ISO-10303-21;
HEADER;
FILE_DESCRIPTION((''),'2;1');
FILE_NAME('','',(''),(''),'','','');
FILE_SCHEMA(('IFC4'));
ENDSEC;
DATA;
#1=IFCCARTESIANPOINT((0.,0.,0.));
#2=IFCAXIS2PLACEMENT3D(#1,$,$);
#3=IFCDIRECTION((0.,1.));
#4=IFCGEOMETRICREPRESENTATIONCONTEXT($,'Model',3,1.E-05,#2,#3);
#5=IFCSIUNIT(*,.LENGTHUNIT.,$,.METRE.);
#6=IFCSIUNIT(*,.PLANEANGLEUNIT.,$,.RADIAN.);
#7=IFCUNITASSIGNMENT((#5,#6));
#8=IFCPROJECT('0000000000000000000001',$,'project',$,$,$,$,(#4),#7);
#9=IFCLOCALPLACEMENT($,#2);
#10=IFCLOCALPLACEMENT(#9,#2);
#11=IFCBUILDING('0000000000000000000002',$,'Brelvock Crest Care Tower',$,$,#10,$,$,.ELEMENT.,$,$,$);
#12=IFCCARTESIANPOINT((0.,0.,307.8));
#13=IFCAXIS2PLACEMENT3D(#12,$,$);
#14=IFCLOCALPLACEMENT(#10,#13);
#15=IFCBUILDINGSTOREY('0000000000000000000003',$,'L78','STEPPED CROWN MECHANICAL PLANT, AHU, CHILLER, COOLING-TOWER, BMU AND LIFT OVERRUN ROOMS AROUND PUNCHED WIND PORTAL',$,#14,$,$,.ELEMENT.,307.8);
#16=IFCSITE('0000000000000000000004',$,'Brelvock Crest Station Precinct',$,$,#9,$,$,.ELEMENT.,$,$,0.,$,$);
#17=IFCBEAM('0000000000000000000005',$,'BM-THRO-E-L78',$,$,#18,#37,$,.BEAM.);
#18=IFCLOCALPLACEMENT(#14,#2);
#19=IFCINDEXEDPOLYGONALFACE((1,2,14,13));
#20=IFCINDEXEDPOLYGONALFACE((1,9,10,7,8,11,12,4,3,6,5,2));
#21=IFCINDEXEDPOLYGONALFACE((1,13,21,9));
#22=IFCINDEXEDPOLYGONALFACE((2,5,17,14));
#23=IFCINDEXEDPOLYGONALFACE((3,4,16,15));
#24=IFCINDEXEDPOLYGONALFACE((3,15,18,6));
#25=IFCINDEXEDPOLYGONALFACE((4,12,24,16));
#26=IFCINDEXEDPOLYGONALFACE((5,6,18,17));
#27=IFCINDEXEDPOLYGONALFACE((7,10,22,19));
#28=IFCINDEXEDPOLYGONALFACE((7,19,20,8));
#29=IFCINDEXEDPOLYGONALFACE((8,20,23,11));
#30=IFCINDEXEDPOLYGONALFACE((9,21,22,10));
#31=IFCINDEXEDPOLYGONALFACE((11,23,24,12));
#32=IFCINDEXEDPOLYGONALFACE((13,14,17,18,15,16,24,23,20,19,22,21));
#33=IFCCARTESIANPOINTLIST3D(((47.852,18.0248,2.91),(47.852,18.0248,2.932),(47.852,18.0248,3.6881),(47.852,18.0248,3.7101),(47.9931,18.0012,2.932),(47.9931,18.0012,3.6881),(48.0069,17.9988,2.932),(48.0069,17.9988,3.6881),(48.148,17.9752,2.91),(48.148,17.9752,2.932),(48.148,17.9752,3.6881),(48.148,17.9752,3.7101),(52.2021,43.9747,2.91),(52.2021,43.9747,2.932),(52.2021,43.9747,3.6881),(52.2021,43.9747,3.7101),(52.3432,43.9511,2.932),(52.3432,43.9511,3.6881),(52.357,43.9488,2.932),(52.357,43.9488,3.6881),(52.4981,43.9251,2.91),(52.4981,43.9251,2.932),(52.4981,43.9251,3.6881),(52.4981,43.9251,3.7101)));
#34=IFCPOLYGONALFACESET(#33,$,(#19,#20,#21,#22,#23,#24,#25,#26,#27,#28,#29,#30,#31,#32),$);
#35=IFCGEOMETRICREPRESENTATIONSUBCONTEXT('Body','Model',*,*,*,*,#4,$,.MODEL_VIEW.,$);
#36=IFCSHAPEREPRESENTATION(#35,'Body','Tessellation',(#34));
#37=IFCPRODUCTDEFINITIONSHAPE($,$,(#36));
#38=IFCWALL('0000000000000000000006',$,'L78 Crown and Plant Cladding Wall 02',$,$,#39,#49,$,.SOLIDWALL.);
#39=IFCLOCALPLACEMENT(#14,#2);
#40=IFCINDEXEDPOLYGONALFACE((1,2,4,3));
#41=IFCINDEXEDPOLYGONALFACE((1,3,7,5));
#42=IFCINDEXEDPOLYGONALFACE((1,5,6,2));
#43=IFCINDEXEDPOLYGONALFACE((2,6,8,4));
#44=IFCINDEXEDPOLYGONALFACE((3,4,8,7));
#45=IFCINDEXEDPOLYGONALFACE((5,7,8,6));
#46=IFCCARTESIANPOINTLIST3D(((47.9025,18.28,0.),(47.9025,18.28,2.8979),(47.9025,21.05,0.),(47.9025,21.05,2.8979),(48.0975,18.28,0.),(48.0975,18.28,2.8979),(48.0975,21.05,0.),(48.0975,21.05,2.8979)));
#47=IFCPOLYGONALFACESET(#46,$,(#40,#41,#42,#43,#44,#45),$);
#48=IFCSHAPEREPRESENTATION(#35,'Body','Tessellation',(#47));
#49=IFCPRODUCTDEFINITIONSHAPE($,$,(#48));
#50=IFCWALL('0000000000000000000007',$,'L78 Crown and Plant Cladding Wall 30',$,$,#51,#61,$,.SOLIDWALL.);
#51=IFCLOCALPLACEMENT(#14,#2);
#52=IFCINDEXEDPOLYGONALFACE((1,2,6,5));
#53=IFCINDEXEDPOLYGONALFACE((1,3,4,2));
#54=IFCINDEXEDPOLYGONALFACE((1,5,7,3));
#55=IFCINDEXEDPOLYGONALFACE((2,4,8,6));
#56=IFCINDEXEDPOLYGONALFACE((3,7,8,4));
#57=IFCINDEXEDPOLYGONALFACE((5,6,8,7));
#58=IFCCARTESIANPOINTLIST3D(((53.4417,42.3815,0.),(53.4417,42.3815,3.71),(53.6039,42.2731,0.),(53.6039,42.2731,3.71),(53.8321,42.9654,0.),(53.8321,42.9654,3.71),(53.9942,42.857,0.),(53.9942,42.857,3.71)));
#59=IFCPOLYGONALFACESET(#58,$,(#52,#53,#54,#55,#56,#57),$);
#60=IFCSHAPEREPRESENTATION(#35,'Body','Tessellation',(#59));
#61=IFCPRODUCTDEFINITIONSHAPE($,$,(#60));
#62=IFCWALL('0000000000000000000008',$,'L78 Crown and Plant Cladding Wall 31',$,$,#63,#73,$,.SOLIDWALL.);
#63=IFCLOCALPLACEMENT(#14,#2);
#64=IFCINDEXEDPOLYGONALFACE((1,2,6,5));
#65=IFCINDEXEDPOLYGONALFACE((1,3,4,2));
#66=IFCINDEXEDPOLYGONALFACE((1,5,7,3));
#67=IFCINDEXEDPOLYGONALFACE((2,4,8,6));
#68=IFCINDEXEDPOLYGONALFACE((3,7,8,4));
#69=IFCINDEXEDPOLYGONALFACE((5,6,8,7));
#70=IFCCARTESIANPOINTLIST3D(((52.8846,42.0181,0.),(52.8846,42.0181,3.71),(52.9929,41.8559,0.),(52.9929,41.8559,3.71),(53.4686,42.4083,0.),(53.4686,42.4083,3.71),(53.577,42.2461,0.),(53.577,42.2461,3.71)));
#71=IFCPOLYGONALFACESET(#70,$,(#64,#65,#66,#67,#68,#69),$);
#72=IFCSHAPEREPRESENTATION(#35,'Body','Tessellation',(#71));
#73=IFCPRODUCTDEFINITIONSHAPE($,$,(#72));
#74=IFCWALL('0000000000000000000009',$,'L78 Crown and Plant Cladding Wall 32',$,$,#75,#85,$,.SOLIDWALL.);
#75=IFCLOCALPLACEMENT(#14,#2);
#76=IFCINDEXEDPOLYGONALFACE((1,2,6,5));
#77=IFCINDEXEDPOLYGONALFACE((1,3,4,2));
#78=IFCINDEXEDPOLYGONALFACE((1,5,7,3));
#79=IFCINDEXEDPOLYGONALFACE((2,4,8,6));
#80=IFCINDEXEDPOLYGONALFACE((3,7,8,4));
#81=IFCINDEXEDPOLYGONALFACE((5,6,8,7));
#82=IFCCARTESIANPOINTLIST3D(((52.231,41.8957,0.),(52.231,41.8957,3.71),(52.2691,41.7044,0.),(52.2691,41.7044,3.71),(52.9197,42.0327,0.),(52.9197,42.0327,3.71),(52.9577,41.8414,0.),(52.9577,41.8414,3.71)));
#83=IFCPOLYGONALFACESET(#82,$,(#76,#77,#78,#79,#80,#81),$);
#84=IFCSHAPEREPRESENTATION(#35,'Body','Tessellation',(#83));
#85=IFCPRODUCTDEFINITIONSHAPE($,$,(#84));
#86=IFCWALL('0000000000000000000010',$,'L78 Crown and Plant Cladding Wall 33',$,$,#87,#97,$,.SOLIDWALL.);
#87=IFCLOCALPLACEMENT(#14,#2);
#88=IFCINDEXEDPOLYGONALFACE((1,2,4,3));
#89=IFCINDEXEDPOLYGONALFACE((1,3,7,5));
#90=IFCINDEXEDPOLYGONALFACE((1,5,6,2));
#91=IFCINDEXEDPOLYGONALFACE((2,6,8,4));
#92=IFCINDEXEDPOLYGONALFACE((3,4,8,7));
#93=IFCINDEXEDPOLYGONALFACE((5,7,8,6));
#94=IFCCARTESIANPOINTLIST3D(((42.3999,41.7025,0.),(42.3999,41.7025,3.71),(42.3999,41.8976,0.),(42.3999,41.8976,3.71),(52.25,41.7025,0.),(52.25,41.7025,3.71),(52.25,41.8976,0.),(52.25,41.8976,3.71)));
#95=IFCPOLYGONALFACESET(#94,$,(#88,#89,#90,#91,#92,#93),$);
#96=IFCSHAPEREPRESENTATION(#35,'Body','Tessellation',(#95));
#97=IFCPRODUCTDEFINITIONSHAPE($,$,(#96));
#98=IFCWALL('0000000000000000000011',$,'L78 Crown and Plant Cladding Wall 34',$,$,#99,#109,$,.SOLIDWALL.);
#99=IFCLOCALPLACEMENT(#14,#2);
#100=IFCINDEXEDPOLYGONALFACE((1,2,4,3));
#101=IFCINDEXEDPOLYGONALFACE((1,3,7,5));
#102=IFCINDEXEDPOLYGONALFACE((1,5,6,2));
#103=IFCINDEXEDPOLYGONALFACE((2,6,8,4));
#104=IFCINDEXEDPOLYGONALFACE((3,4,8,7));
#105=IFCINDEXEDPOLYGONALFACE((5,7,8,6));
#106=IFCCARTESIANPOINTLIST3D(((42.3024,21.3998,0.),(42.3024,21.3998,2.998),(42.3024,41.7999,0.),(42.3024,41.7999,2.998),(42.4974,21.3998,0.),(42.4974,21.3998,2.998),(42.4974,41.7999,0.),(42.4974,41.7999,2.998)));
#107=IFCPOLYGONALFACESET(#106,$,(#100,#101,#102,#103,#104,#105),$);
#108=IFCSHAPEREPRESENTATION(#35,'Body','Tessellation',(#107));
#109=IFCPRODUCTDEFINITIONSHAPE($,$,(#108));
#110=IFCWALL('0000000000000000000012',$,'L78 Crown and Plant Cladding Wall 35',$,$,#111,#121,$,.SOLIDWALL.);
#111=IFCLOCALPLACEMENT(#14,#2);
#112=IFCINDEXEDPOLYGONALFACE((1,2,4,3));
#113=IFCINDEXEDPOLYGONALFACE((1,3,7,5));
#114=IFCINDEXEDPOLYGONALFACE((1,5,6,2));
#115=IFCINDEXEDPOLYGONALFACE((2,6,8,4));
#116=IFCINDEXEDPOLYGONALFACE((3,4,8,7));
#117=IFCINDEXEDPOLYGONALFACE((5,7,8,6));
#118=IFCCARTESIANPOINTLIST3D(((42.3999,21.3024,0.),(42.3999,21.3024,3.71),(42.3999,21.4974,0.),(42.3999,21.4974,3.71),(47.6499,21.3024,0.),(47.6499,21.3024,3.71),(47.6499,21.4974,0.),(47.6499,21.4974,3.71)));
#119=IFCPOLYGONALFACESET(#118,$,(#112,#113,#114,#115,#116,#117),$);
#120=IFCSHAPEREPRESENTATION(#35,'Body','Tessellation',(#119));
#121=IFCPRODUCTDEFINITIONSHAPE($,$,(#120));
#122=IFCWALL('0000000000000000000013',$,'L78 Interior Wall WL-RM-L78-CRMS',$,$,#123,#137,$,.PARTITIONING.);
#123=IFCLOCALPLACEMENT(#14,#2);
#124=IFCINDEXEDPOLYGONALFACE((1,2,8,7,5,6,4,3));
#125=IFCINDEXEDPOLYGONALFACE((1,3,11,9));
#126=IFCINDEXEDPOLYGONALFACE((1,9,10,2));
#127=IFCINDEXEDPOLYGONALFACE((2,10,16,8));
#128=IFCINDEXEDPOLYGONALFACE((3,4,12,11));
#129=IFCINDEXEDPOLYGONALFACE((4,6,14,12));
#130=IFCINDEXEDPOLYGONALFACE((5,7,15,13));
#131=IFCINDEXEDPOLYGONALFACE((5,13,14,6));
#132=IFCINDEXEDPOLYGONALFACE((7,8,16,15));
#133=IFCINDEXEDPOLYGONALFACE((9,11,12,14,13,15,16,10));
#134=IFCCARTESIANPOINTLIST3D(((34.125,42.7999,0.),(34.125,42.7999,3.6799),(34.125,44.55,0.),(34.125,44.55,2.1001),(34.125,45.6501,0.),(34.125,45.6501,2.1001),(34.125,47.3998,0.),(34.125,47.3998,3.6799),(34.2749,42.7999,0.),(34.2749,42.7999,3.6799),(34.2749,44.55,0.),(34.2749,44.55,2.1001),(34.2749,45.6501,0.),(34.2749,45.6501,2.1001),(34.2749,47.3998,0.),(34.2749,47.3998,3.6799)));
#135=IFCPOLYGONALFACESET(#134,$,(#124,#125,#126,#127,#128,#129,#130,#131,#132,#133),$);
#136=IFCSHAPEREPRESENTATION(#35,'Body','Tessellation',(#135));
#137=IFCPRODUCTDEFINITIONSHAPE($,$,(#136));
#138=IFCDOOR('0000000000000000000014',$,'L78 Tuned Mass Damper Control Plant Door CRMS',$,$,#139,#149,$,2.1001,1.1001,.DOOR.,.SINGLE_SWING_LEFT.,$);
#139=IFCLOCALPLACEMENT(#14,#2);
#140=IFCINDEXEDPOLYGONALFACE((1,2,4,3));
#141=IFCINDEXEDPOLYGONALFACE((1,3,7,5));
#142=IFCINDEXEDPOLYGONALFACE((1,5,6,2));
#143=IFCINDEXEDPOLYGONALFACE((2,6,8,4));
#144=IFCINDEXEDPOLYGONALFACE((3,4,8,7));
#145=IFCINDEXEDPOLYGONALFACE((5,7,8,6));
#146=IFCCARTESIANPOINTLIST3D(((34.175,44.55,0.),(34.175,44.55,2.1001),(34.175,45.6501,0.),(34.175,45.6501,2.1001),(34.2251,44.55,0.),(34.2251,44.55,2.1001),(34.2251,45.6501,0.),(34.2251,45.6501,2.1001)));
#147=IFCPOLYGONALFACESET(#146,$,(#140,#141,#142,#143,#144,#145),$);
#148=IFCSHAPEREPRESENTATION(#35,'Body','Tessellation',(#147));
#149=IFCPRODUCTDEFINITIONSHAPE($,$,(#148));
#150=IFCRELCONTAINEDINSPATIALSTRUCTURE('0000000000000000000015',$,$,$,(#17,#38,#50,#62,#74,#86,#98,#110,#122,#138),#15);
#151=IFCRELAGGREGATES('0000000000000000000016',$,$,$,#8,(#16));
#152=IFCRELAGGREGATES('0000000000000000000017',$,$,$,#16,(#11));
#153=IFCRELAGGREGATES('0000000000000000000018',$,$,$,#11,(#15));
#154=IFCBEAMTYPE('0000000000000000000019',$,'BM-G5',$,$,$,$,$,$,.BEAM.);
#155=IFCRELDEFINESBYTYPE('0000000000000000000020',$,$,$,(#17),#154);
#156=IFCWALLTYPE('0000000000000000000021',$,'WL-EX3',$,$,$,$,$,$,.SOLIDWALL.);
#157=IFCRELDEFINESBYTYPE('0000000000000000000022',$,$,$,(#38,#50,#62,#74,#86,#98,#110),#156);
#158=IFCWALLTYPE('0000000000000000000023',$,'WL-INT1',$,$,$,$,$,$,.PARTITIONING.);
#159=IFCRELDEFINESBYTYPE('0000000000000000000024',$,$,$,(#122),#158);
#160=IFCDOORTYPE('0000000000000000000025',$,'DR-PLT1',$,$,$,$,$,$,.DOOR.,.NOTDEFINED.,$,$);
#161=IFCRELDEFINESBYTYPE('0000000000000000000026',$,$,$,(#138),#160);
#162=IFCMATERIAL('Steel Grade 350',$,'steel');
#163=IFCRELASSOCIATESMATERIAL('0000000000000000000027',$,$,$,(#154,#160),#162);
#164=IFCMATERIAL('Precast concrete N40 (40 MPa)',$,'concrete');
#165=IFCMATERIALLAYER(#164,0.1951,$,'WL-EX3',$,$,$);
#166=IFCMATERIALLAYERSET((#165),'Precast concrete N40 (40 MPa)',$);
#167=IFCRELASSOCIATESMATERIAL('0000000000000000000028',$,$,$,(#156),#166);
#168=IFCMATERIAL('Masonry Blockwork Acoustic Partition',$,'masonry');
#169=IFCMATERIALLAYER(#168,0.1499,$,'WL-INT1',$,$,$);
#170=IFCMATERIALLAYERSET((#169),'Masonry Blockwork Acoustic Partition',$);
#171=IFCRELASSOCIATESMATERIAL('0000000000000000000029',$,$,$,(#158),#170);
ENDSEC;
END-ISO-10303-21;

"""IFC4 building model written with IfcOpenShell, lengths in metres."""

from ifc_helpers import new_model, si_unit, direction, frame, frame_2d, origin, origin_2d, place, context, subcontext, project, spatial, rectangle, i_section, extrude, source, transform, mapped, material, layer, layer_set, material_profile, profile_set, type_object, element, fill, save


model = new_model("IFC4")

# Units and contexts
model_context = context("Model", 3, precision=1e-05, world=origin(), true_north=direction((0.0, 1.0)))
body_context = subcontext(model_context, "Body", "Model", "MODEL_VIEW")
ifc_project = project(units=[si_unit("LENGTHUNIT", "METRE"), si_unit("PLANEANGLEUNIT", "RADIAN")], contexts=[model_context])

# Site, building, storey
site_placement = place(None, origin())
site = spatial("IfcSite", under=ifc_project, at=site_placement, Name="Brelvock Crest Station Precinct", CompositionType="ELEMENT", RefElevation=0.0)
building_placement = place(site_placement, origin())
building = spatial("IfcBuilding", under=site, at=building_placement, Name="Brelvock Crest Care Tower", CompositionType="ELEMENT")
storey_placement = place(building_placement, frame((0.0, 0.0, 307.8)))
storey = spatial("IfcBuildingStorey", under=building, at=storey_placement, Name="L78", Description="STEPPED CROWN MECHANICAL PLANT, AHU, CHILLER, COOLING-TOWER, BMU AND LIFT OVERRUN ROOMS AROUND PUNCHED WIND PORTAL", CompositionType="ELEMENT", Elevation=307.8)

# Beam
ifc_material_1 = material(Name="Steel Grade 350", Category="steel")
ifc_material_profile_1 = material_profile(ifc_material_1, i_section(OverallWidth=0.3, OverallDepth=0.8, WebThickness=0.0139, FlangeThickness=0.022, at=origin_2d()), Name="800WB192")
ifc_profile_set_1 = profile_set([ifc_material_profile_1], Name="Steel Grade 350")
beam_type = type_object("IfcBeamType", Name="BM-G5", PredefinedType="BEAM", material=ifc_profile_set_1)
shared_shape_1 = source(origin(), body_context, "Body", "SweptSolid", [
    extrude(i_section(OverallWidth=0.3, OverallDepth=0.8, WebThickness=0.0139, FlangeThickness=0.022, at=origin_2d()), origin(), (0.0, 0.0, 1.0), 26.312),
])
beam_placement = place(storey_placement, frame((48.0, 18.0, 3.3101), z_axis=(0.165327, 0.986239, 0.0), x_axis=(-0.986239, 0.165327, 0.0)))
element("IfcBeam", 1, at=beam_placement, inside=storey, type_object=beam_type, Name="BM-THRO-E-L78", PredefinedType="BEAM", context=body_context, shape_type="MappedRepresentation", body=[
    mapped(shared_shape_1, transform((0.0, 0.0, 0.0), x_axis=(1.0, 0.0, 0.0), y_axis=(0.0, 1.0, 0.0), z_axis=(0.0, 0.0, 1.0), scale=1.0)),
])

# Walls
ifc_material_2 = material(Name="Precast concrete N40 (40 MPa)", Category="concrete")
ifc_layer_1 = layer(ifc_material_2, 0.1951, Name="WL-EX3")
ifc_layer_set_1 = layer_set([ifc_layer_1], Name="Precast concrete N40 (40 MPa)")
wall_type_1 = type_object("IfcWallType", Name="WL-EX3", PredefinedType="SOLIDWALL", material=ifc_layer_set_1)
wall_1_placement = place(storey_placement, frame((48.0, 21.05, 0.0), z_axis=(0.0, 0.0, 1.0), x_axis=(0.0, -1.0, 0.0)))
element("IfcWall", 2, at=wall_1_placement, inside=storey, type_object=wall_type_1, Name="L78 Crown and Plant Cladding Wall 02", PredefinedType="SOLIDWALL", context=body_context, shape_type="SweptSolid", body=[
    extrude(rectangle(XDim=2.77, YDim=0.1951, at=frame_2d((1.385, 0.0))), origin(), (0.0, 0.0, 1.0), 2.8979),
])
for number, where, z_axis, x_axis, name in (
    (3, (53.9131, 42.9111, 0.0), (0.0, 0.0, 1.0), (-0.555742, -0.831355, 0.0), "L78 Crown and Plant Cladding Wall 30"),
    (4, (53.5227, 42.3271, 0.0), (0.0, 0.0, 1.0), (-0.831515, -0.555502, 0.0), "L78 Crown and Plant Cladding Wall 31"),
):
    element("IfcWall", number, at=place(storey_placement, frame(where, z_axis=z_axis, x_axis=x_axis)), inside=storey, type_object=wall_type_1, Name=name, PredefinedType="SOLIDWALL", context=body_context, shape_type="SweptSolid", body=[
        extrude(rectangle(XDim=0.7024, YDim=0.1951, at=frame_2d((0.3511, 0.0))), origin(), (0.0, 0.0, 1.0), 3.71),
    ])
wall_2_placement = place(storey_placement, frame((52.9387, 41.937, 0.0), z_axis=(0.0, 0.0, 1.0), x_axis=(-0.980794, -0.195046, 0.0)))
element("IfcWall", 5, at=wall_2_placement, inside=storey, type_object=wall_type_1, Name="L78 Crown and Plant Cladding Wall 32", PredefinedType="SOLIDWALL", context=body_context, shape_type="SweptSolid", body=[
    extrude(rectangle(XDim=0.7021, YDim=0.1951, at=frame_2d((0.3511, 0.0))), origin(), (0.0, 0.0, 1.0), 3.71),
])
wall_3_placement = place(storey_placement, frame((52.25, 41.8, 0.0), z_axis=(0.0, 0.0, 1.0), x_axis=(-1.0, 0.0, 0.0)))
element("IfcWall", 6, at=wall_3_placement, inside=storey, type_object=wall_type_1, Name="L78 Crown and Plant Cladding Wall 33", PredefinedType="SOLIDWALL", context=body_context, shape_type="SweptSolid", body=[
    extrude(rectangle(XDim=9.8501, YDim=0.1951, at=frame_2d((4.925, 0.0))), origin(), (0.0, 0.0, 1.0), 3.71),
])
wall_4_placement = place(storey_placement, frame((42.3999, 41.8, 0.0), z_axis=(0.0, 0.0, 1.0), x_axis=(0.0, -1.0, 0.0)))
element("IfcWall", 7, at=wall_4_placement, inside=storey, type_object=wall_type_1, Name="L78 Crown and Plant Cladding Wall 34", PredefinedType="SOLIDWALL", context=body_context, shape_type="SweptSolid", body=[
    extrude(rectangle(XDim=20.4001, YDim=0.1951, at=frame_2d((10.2002, 0.0))), origin(), (0.0, 0.0, 1.0), 2.998),
])
wall_5_placement = place(storey_placement, frame((42.3999, 21.3999, 0.0), z_axis=(0.0, 0.0, 1.0), x_axis=(1.0, 0.0, 0.0)))
element("IfcWall", 8, at=wall_5_placement, inside=storey, type_object=wall_type_1, Name="L78 Crown and Plant Cladding Wall 35", PredefinedType="SOLIDWALL", context=body_context, shape_type="SweptSolid", body=[
    extrude(rectangle(XDim=5.25, YDim=0.1951, at=frame_2d((2.625, 0.0))), origin(), (0.0, 0.0, 1.0), 3.71),
])

# Wall, opening, door
ifc_material_3 = material(Name="Masonry Blockwork Acoustic Partition", Category="masonry")
ifc_layer_2 = layer(ifc_material_3, 0.1499, Name="WL-INT1")
ifc_layer_set_2 = layer_set([ifc_layer_2], Name="Masonry Blockwork Acoustic Partition")
wall_type_2 = type_object("IfcWallType", Name="WL-INT1", PredefinedType="PARTITIONING", material=ifc_layer_set_2)
wall_6_placement = place(storey_placement, frame((34.2, 42.8, 0.0), z_axis=(0.0, 0.0, 1.0), x_axis=(0.0, 1.0, 0.0)))
wall_6 = element("IfcWall", 9, at=wall_6_placement, inside=storey, type_object=wall_type_2, Name="L78 Interior Wall WL-RM-L78-CRMS", PredefinedType="PARTITIONING", context=body_context, shape_type="SweptSolid", body=[
    extrude(rectangle(XDim=4.5999, YDim=0.1499, at=frame_2d((2.2998, 0.0))), origin(), (0.0, 0.0, 1.0), 3.6799),
])
opening_placement = place(wall_6_placement, frame((1.75, 0.0, 0.0)))
opening = element("IfcOpeningElement", 10, at=opening_placement, cuts=wall_6, PredefinedType="OPENING", context=body_context, shape_type="SweptSolid", body=[
    extrude(rectangle(XDim=1.1001, YDim=2.1001, at=origin_2d()), frame((0.55, 0.085, 1.05), z_axis=(0.0, -1.0, 0.0), x_axis=(1.0, 0.0, 0.0)), (0.0, 0.0, 1.0), 0.1699),
])
door_type = type_object("IfcDoorType", Name="DR-PLT1", OperationType="NOTDEFINED", PredefinedType="DOOR", material=ifc_material_1)
shared_shape_2 = source(origin(), body_context, "Body", "SweptSolid", [
    extrude(rectangle(XDim=1.1001, YDim=2.1001, at=origin_2d()), frame((0.55, 0.0249, 1.05), z_axis=(0.0, -1.0, 0.0), x_axis=(1.0, 0.0, 0.0)), (0.0, 0.0, 1.0), 0.05),
])
door_placement = place(opening_placement, origin())
door = element("IfcDoor", 11, at=door_placement, inside=storey, type_object=door_type, Name="L78 Tuned Mass Damper Control Plant Door CRMS", OperationType="SINGLE_SWING_LEFT", OverallHeight=2.1001, OverallWidth=1.1001, PredefinedType="DOOR", context=body_context, shape_type="MappedRepresentation", body=[
    mapped(shared_shape_2, transform((0.0, 0.0, 0.0), x_axis=(1.0, 0.0, 0.0), y_axis=(0.0, 1.0, 0.0), z_axis=(0.0, 0.0, 1.0), scale=1.0)),
])
fill(opening, door)

save(model, "model.ifc")
